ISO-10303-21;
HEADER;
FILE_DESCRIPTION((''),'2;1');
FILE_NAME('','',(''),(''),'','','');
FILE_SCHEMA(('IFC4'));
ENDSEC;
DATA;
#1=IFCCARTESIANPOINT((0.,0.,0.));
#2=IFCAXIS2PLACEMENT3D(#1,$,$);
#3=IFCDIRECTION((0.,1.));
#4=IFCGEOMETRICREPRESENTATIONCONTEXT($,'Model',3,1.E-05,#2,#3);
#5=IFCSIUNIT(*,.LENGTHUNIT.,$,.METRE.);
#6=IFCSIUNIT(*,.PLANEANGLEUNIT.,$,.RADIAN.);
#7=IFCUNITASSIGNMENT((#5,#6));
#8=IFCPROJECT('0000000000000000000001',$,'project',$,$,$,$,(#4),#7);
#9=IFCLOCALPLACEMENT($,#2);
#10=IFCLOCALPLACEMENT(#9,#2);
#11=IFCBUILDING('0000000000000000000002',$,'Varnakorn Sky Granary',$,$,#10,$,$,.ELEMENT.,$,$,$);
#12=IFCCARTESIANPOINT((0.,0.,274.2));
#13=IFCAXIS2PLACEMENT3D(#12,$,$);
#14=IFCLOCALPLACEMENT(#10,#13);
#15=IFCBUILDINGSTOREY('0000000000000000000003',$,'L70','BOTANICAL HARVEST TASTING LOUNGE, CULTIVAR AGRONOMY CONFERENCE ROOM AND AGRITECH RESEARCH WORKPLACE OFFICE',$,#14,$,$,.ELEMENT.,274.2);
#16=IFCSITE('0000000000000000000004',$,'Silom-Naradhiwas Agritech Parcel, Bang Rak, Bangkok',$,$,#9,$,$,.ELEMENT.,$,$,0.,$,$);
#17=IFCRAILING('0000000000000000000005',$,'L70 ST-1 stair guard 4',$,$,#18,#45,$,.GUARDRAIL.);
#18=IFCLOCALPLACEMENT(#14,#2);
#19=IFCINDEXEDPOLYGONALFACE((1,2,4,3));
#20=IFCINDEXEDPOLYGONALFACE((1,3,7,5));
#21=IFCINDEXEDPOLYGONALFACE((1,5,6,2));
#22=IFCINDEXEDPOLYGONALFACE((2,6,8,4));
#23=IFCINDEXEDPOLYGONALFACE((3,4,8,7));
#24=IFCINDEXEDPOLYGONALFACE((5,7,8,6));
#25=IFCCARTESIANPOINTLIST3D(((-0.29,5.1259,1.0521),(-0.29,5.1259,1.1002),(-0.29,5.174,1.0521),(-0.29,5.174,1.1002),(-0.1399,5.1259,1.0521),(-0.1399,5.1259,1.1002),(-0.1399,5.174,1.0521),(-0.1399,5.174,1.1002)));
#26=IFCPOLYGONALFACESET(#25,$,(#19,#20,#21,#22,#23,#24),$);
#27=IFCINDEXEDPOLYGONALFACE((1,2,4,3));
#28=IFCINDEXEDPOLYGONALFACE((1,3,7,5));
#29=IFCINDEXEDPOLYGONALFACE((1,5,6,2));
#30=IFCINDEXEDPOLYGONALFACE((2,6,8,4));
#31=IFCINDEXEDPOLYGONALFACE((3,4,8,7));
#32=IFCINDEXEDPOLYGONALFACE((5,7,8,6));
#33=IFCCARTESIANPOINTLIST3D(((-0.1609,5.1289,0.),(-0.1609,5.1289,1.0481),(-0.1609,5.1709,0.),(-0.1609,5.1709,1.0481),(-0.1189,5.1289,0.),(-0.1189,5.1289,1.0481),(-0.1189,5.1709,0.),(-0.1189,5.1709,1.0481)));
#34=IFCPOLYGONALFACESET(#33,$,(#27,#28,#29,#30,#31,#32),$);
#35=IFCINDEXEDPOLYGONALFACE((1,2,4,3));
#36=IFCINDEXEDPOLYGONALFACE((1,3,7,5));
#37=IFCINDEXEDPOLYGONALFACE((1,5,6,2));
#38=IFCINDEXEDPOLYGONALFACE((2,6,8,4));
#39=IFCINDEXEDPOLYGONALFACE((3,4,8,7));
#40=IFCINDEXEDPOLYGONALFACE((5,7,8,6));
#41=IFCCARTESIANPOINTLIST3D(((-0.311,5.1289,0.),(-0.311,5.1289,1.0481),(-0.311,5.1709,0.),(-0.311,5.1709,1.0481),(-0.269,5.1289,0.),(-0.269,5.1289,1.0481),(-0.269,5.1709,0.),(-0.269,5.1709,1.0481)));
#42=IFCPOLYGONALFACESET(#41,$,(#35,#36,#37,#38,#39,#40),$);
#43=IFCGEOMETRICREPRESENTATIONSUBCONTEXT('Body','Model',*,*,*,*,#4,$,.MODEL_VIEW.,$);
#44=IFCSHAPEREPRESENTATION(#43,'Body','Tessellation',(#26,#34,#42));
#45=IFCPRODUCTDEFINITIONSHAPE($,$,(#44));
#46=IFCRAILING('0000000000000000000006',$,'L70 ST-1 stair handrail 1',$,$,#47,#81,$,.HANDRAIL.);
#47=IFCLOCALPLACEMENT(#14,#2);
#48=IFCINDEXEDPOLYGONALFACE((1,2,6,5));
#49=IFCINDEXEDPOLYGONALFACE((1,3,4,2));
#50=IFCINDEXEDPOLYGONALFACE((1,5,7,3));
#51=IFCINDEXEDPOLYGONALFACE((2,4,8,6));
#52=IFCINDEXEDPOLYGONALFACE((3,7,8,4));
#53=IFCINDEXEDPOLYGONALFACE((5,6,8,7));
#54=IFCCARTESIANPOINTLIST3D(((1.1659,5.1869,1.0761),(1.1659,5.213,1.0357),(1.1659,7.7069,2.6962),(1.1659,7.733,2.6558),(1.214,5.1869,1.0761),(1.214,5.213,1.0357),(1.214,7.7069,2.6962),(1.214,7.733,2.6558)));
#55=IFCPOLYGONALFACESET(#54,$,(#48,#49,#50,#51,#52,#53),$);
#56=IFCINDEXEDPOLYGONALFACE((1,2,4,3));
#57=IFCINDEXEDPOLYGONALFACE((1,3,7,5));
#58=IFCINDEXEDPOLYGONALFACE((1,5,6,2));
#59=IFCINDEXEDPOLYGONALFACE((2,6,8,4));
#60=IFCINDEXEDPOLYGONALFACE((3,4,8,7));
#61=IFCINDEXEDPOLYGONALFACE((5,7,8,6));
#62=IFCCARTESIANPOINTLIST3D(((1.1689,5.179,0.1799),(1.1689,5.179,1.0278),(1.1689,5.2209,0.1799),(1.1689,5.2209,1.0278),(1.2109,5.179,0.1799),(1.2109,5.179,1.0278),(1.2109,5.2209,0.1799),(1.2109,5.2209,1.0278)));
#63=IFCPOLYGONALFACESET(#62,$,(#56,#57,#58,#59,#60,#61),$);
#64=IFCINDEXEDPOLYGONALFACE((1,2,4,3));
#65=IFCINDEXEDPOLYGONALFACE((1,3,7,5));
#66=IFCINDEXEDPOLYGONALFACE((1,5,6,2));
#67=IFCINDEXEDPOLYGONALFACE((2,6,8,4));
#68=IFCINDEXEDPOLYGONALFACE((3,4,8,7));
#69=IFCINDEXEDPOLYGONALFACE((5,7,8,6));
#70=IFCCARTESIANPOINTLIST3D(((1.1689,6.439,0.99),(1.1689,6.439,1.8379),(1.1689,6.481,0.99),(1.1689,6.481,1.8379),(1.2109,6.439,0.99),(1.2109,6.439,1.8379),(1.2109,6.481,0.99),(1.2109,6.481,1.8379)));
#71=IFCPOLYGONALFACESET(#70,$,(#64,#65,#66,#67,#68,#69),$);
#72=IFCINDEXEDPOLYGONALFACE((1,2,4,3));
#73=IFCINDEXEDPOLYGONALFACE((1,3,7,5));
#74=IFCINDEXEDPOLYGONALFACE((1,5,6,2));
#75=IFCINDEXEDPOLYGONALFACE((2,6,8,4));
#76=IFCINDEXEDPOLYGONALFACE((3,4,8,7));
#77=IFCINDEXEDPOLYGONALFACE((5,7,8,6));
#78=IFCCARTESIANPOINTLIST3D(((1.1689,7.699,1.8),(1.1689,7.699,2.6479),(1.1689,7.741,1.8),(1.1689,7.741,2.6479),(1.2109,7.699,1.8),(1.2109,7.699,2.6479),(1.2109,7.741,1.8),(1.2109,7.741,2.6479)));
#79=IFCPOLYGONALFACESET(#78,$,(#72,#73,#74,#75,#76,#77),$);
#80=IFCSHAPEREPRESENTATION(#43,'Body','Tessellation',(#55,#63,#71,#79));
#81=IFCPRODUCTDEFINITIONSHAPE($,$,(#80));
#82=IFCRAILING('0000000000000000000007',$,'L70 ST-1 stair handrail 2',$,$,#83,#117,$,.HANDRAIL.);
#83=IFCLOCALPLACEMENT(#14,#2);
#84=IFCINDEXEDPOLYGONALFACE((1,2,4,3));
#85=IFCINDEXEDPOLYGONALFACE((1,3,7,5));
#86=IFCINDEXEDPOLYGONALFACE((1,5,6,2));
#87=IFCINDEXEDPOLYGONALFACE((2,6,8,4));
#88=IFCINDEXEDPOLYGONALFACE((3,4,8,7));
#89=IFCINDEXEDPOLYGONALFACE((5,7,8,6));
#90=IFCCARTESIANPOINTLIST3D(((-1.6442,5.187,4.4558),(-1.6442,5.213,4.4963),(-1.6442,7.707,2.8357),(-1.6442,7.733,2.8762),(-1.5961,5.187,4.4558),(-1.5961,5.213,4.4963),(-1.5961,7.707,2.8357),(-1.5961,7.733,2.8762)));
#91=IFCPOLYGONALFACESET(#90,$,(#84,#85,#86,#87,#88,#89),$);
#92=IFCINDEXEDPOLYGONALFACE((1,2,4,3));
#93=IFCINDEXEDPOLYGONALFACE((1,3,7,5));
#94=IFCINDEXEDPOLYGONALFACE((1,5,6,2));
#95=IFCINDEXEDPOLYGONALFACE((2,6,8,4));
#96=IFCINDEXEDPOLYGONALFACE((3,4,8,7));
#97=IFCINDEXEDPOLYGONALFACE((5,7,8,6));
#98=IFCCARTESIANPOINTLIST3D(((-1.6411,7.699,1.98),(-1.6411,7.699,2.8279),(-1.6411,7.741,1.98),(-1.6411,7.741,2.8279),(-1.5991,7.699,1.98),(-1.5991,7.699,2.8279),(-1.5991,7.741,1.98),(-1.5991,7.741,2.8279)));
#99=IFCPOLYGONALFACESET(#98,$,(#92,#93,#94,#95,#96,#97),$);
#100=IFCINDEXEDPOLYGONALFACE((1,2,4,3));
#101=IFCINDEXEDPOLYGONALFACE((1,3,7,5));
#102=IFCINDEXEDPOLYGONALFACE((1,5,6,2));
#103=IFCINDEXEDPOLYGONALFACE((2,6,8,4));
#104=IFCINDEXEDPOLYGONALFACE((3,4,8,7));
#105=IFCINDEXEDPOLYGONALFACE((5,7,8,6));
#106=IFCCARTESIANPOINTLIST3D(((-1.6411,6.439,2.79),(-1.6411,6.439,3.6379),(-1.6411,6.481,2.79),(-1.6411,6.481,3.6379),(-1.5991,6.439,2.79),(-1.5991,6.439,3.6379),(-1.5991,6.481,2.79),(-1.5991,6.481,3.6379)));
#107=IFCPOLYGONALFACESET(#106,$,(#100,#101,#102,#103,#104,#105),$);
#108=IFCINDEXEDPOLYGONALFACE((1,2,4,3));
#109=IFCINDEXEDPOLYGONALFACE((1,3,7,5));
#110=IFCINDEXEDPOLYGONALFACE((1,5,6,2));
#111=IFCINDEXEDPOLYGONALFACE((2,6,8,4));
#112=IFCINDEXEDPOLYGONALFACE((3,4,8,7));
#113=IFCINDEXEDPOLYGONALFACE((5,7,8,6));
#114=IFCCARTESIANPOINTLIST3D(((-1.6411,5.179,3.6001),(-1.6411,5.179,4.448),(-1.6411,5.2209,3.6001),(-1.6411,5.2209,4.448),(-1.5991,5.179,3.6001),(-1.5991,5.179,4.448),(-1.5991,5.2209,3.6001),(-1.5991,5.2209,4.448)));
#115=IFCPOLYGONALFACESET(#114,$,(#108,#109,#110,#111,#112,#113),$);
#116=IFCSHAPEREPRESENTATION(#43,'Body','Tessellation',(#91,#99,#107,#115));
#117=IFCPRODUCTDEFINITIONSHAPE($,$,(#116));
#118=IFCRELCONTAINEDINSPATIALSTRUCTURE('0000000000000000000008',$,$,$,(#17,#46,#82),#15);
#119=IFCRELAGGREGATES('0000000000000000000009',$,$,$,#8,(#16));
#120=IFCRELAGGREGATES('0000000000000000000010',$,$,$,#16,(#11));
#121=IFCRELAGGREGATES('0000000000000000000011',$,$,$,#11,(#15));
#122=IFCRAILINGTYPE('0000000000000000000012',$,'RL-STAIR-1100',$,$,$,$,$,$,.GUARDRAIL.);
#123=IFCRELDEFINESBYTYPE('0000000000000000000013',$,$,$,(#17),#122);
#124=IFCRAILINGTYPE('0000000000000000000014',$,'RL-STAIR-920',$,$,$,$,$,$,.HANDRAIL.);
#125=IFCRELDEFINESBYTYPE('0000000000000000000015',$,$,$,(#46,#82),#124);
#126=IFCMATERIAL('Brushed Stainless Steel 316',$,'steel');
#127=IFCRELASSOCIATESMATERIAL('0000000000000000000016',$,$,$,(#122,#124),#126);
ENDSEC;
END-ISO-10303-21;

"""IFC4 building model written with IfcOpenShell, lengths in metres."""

from ifc_helpers import new_model, si_unit, direction, frame, origin, origin_2d, place, context, subcontext, project, spatial, rectangle, extrude, material, type_object, element, save


model = new_model("IFC4")

# Units and contexts
model_context = context("Model", 3, precision=1e-05, world=origin(), true_north=direction((0.0, 1.0)))
body_context = subcontext(model_context, "Body", "Model", "MODEL_VIEW")
ifc_project = project(units=[si_unit("LENGTHUNIT", "METRE"), si_unit("PLANEANGLEUNIT", "RADIAN")], contexts=[model_context])

# Site, building, storey
site_placement = place(None, origin())
site = spatial("IfcSite", under=ifc_project, at=site_placement, Name="Silom-Naradhiwas Agritech Parcel, Bang Rak, Bangkok", CompositionType="ELEMENT", RefElevation=0.0)
building_placement = place(site_placement, origin())
building = spatial("IfcBuilding", under=site, at=building_placement, Name="Varnakorn Sky Granary", CompositionType="ELEMENT")
storey_placement = place(building_placement, frame((0.0, 0.0, 274.2)))
storey = spatial("IfcBuildingStorey", under=building, at=storey_placement, Name="L70", Description="BOTANICAL HARVEST TASTING LOUNGE, CULTIVAR AGRONOMY CONFERENCE ROOM AND AGRITECH RESEARCH WORKPLACE OFFICE", CompositionType="ELEMENT", Elevation=274.2)

# Railings
ifc_material_1 = material(Name="Brushed Stainless Steel 316", Category="steel")
railing_type_1 = type_object("IfcRailingType", Name="RL-STAIR-1100", PredefinedType="GUARDRAIL", material=ifc_material_1)
railing_1_placement = place(storey_placement, frame((-0.1399, 5.1499, 0.0)))
element("IfcRailing", 1, at=railing_1_placement, inside=storey, type_object=railing_type_1, Name="L70 ST-1 stair guard 4", PredefinedType="GUARDRAIL", context=body_context, shape_type="SweptSolid", body=[
    extrude(rectangle(XDim=0.0481, YDim=0.0481, at=origin_2d()), frame((0.0, 0.0, 1.0762), z_axis=(-1.0, 0.0, 0.0), x_axis=(0.0, -1.0, 0.0)), (0.0, 0.0, 1.0), 0.1501),
    extrude(rectangle(XDim=0.042, YDim=0.042, at=origin_2d()), origin(), (0.0, 0.0, 1.0), 1.0481),
    extrude(rectangle(XDim=0.042, YDim=0.042, at=origin_2d()), frame((-0.1501, 0.0, 0.0)), (0.0, 0.0, 1.0), 1.0481),
])
railing_type_2 = type_object("IfcRailingType", Name="RL-STAIR-920", PredefinedType="HANDRAIL", material=ifc_material_1)
railing_2_placement = place(storey_placement, frame((1.1899, 5.2, 0.1799)))
element("IfcRailing", 2, at=railing_2_placement, inside=storey, type_object=railing_type_2, Name="L70 ST-1 stair handrail 1", PredefinedType="HANDRAIL", context=body_context, shape_type="SweptSolid", body=[
    extrude(rectangle(XDim=0.0481, YDim=0.0481, at=origin_2d()), frame((0.0, 0.0, 0.876), z_axis=(0.0, 0.841163, 0.540782), x_axis=(-1.0, 0.0, 0.0)), (0.0, 0.0, 1.0), 2.9958),
    extrude(rectangle(XDim=0.042, YDim=0.042, at=origin_2d()), origin(), (0.0, 0.0, 1.0), 0.8479),
    extrude(rectangle(XDim=0.042, YDim=0.042, at=origin_2d()), frame((0.0, 1.26, 0.8101)), (0.0, 0.0, 1.0), 0.8479),
    extrude(rectangle(XDim=0.042, YDim=0.042, at=origin_2d()), frame((0.0, 2.52, 1.6201)), (0.0, 0.0, 1.0), 0.8479),
])
railing_3_placement = place(storey_placement, frame((-1.6201, 7.72, 1.98)))
element("IfcRailing", 3, at=railing_3_placement, inside=storey, type_object=railing_type_2, Name="L70 ST-1 stair handrail 2", PredefinedType="HANDRAIL", context=body_context, shape_type="SweptSolid", body=[
    extrude(rectangle(XDim=0.0481, YDim=0.0481, at=origin_2d()), frame((0.0, 0.0, 0.876), z_axis=(0.0, -0.841163, 0.540782), x_axis=(1.0, 0.0, 0.0)), (0.0, 0.0, 1.0), 2.9958),
    extrude(rectangle(XDim=0.042, YDim=0.042, at=origin_2d()), origin(), (0.0, 0.0, 1.0), 0.8479),
    extrude(rectangle(XDim=0.042, YDim=0.042, at=origin_2d()), frame((0.0, -1.26, 0.8101)), (0.0, 0.0, 1.0), 0.8479),
    extrude(rectangle(XDim=0.042, YDim=0.042, at=origin_2d()), frame((0.0, -2.52, 1.6201)), (0.0, 0.0, 1.0), 0.8479),
])

save(model, "model.ifc")
